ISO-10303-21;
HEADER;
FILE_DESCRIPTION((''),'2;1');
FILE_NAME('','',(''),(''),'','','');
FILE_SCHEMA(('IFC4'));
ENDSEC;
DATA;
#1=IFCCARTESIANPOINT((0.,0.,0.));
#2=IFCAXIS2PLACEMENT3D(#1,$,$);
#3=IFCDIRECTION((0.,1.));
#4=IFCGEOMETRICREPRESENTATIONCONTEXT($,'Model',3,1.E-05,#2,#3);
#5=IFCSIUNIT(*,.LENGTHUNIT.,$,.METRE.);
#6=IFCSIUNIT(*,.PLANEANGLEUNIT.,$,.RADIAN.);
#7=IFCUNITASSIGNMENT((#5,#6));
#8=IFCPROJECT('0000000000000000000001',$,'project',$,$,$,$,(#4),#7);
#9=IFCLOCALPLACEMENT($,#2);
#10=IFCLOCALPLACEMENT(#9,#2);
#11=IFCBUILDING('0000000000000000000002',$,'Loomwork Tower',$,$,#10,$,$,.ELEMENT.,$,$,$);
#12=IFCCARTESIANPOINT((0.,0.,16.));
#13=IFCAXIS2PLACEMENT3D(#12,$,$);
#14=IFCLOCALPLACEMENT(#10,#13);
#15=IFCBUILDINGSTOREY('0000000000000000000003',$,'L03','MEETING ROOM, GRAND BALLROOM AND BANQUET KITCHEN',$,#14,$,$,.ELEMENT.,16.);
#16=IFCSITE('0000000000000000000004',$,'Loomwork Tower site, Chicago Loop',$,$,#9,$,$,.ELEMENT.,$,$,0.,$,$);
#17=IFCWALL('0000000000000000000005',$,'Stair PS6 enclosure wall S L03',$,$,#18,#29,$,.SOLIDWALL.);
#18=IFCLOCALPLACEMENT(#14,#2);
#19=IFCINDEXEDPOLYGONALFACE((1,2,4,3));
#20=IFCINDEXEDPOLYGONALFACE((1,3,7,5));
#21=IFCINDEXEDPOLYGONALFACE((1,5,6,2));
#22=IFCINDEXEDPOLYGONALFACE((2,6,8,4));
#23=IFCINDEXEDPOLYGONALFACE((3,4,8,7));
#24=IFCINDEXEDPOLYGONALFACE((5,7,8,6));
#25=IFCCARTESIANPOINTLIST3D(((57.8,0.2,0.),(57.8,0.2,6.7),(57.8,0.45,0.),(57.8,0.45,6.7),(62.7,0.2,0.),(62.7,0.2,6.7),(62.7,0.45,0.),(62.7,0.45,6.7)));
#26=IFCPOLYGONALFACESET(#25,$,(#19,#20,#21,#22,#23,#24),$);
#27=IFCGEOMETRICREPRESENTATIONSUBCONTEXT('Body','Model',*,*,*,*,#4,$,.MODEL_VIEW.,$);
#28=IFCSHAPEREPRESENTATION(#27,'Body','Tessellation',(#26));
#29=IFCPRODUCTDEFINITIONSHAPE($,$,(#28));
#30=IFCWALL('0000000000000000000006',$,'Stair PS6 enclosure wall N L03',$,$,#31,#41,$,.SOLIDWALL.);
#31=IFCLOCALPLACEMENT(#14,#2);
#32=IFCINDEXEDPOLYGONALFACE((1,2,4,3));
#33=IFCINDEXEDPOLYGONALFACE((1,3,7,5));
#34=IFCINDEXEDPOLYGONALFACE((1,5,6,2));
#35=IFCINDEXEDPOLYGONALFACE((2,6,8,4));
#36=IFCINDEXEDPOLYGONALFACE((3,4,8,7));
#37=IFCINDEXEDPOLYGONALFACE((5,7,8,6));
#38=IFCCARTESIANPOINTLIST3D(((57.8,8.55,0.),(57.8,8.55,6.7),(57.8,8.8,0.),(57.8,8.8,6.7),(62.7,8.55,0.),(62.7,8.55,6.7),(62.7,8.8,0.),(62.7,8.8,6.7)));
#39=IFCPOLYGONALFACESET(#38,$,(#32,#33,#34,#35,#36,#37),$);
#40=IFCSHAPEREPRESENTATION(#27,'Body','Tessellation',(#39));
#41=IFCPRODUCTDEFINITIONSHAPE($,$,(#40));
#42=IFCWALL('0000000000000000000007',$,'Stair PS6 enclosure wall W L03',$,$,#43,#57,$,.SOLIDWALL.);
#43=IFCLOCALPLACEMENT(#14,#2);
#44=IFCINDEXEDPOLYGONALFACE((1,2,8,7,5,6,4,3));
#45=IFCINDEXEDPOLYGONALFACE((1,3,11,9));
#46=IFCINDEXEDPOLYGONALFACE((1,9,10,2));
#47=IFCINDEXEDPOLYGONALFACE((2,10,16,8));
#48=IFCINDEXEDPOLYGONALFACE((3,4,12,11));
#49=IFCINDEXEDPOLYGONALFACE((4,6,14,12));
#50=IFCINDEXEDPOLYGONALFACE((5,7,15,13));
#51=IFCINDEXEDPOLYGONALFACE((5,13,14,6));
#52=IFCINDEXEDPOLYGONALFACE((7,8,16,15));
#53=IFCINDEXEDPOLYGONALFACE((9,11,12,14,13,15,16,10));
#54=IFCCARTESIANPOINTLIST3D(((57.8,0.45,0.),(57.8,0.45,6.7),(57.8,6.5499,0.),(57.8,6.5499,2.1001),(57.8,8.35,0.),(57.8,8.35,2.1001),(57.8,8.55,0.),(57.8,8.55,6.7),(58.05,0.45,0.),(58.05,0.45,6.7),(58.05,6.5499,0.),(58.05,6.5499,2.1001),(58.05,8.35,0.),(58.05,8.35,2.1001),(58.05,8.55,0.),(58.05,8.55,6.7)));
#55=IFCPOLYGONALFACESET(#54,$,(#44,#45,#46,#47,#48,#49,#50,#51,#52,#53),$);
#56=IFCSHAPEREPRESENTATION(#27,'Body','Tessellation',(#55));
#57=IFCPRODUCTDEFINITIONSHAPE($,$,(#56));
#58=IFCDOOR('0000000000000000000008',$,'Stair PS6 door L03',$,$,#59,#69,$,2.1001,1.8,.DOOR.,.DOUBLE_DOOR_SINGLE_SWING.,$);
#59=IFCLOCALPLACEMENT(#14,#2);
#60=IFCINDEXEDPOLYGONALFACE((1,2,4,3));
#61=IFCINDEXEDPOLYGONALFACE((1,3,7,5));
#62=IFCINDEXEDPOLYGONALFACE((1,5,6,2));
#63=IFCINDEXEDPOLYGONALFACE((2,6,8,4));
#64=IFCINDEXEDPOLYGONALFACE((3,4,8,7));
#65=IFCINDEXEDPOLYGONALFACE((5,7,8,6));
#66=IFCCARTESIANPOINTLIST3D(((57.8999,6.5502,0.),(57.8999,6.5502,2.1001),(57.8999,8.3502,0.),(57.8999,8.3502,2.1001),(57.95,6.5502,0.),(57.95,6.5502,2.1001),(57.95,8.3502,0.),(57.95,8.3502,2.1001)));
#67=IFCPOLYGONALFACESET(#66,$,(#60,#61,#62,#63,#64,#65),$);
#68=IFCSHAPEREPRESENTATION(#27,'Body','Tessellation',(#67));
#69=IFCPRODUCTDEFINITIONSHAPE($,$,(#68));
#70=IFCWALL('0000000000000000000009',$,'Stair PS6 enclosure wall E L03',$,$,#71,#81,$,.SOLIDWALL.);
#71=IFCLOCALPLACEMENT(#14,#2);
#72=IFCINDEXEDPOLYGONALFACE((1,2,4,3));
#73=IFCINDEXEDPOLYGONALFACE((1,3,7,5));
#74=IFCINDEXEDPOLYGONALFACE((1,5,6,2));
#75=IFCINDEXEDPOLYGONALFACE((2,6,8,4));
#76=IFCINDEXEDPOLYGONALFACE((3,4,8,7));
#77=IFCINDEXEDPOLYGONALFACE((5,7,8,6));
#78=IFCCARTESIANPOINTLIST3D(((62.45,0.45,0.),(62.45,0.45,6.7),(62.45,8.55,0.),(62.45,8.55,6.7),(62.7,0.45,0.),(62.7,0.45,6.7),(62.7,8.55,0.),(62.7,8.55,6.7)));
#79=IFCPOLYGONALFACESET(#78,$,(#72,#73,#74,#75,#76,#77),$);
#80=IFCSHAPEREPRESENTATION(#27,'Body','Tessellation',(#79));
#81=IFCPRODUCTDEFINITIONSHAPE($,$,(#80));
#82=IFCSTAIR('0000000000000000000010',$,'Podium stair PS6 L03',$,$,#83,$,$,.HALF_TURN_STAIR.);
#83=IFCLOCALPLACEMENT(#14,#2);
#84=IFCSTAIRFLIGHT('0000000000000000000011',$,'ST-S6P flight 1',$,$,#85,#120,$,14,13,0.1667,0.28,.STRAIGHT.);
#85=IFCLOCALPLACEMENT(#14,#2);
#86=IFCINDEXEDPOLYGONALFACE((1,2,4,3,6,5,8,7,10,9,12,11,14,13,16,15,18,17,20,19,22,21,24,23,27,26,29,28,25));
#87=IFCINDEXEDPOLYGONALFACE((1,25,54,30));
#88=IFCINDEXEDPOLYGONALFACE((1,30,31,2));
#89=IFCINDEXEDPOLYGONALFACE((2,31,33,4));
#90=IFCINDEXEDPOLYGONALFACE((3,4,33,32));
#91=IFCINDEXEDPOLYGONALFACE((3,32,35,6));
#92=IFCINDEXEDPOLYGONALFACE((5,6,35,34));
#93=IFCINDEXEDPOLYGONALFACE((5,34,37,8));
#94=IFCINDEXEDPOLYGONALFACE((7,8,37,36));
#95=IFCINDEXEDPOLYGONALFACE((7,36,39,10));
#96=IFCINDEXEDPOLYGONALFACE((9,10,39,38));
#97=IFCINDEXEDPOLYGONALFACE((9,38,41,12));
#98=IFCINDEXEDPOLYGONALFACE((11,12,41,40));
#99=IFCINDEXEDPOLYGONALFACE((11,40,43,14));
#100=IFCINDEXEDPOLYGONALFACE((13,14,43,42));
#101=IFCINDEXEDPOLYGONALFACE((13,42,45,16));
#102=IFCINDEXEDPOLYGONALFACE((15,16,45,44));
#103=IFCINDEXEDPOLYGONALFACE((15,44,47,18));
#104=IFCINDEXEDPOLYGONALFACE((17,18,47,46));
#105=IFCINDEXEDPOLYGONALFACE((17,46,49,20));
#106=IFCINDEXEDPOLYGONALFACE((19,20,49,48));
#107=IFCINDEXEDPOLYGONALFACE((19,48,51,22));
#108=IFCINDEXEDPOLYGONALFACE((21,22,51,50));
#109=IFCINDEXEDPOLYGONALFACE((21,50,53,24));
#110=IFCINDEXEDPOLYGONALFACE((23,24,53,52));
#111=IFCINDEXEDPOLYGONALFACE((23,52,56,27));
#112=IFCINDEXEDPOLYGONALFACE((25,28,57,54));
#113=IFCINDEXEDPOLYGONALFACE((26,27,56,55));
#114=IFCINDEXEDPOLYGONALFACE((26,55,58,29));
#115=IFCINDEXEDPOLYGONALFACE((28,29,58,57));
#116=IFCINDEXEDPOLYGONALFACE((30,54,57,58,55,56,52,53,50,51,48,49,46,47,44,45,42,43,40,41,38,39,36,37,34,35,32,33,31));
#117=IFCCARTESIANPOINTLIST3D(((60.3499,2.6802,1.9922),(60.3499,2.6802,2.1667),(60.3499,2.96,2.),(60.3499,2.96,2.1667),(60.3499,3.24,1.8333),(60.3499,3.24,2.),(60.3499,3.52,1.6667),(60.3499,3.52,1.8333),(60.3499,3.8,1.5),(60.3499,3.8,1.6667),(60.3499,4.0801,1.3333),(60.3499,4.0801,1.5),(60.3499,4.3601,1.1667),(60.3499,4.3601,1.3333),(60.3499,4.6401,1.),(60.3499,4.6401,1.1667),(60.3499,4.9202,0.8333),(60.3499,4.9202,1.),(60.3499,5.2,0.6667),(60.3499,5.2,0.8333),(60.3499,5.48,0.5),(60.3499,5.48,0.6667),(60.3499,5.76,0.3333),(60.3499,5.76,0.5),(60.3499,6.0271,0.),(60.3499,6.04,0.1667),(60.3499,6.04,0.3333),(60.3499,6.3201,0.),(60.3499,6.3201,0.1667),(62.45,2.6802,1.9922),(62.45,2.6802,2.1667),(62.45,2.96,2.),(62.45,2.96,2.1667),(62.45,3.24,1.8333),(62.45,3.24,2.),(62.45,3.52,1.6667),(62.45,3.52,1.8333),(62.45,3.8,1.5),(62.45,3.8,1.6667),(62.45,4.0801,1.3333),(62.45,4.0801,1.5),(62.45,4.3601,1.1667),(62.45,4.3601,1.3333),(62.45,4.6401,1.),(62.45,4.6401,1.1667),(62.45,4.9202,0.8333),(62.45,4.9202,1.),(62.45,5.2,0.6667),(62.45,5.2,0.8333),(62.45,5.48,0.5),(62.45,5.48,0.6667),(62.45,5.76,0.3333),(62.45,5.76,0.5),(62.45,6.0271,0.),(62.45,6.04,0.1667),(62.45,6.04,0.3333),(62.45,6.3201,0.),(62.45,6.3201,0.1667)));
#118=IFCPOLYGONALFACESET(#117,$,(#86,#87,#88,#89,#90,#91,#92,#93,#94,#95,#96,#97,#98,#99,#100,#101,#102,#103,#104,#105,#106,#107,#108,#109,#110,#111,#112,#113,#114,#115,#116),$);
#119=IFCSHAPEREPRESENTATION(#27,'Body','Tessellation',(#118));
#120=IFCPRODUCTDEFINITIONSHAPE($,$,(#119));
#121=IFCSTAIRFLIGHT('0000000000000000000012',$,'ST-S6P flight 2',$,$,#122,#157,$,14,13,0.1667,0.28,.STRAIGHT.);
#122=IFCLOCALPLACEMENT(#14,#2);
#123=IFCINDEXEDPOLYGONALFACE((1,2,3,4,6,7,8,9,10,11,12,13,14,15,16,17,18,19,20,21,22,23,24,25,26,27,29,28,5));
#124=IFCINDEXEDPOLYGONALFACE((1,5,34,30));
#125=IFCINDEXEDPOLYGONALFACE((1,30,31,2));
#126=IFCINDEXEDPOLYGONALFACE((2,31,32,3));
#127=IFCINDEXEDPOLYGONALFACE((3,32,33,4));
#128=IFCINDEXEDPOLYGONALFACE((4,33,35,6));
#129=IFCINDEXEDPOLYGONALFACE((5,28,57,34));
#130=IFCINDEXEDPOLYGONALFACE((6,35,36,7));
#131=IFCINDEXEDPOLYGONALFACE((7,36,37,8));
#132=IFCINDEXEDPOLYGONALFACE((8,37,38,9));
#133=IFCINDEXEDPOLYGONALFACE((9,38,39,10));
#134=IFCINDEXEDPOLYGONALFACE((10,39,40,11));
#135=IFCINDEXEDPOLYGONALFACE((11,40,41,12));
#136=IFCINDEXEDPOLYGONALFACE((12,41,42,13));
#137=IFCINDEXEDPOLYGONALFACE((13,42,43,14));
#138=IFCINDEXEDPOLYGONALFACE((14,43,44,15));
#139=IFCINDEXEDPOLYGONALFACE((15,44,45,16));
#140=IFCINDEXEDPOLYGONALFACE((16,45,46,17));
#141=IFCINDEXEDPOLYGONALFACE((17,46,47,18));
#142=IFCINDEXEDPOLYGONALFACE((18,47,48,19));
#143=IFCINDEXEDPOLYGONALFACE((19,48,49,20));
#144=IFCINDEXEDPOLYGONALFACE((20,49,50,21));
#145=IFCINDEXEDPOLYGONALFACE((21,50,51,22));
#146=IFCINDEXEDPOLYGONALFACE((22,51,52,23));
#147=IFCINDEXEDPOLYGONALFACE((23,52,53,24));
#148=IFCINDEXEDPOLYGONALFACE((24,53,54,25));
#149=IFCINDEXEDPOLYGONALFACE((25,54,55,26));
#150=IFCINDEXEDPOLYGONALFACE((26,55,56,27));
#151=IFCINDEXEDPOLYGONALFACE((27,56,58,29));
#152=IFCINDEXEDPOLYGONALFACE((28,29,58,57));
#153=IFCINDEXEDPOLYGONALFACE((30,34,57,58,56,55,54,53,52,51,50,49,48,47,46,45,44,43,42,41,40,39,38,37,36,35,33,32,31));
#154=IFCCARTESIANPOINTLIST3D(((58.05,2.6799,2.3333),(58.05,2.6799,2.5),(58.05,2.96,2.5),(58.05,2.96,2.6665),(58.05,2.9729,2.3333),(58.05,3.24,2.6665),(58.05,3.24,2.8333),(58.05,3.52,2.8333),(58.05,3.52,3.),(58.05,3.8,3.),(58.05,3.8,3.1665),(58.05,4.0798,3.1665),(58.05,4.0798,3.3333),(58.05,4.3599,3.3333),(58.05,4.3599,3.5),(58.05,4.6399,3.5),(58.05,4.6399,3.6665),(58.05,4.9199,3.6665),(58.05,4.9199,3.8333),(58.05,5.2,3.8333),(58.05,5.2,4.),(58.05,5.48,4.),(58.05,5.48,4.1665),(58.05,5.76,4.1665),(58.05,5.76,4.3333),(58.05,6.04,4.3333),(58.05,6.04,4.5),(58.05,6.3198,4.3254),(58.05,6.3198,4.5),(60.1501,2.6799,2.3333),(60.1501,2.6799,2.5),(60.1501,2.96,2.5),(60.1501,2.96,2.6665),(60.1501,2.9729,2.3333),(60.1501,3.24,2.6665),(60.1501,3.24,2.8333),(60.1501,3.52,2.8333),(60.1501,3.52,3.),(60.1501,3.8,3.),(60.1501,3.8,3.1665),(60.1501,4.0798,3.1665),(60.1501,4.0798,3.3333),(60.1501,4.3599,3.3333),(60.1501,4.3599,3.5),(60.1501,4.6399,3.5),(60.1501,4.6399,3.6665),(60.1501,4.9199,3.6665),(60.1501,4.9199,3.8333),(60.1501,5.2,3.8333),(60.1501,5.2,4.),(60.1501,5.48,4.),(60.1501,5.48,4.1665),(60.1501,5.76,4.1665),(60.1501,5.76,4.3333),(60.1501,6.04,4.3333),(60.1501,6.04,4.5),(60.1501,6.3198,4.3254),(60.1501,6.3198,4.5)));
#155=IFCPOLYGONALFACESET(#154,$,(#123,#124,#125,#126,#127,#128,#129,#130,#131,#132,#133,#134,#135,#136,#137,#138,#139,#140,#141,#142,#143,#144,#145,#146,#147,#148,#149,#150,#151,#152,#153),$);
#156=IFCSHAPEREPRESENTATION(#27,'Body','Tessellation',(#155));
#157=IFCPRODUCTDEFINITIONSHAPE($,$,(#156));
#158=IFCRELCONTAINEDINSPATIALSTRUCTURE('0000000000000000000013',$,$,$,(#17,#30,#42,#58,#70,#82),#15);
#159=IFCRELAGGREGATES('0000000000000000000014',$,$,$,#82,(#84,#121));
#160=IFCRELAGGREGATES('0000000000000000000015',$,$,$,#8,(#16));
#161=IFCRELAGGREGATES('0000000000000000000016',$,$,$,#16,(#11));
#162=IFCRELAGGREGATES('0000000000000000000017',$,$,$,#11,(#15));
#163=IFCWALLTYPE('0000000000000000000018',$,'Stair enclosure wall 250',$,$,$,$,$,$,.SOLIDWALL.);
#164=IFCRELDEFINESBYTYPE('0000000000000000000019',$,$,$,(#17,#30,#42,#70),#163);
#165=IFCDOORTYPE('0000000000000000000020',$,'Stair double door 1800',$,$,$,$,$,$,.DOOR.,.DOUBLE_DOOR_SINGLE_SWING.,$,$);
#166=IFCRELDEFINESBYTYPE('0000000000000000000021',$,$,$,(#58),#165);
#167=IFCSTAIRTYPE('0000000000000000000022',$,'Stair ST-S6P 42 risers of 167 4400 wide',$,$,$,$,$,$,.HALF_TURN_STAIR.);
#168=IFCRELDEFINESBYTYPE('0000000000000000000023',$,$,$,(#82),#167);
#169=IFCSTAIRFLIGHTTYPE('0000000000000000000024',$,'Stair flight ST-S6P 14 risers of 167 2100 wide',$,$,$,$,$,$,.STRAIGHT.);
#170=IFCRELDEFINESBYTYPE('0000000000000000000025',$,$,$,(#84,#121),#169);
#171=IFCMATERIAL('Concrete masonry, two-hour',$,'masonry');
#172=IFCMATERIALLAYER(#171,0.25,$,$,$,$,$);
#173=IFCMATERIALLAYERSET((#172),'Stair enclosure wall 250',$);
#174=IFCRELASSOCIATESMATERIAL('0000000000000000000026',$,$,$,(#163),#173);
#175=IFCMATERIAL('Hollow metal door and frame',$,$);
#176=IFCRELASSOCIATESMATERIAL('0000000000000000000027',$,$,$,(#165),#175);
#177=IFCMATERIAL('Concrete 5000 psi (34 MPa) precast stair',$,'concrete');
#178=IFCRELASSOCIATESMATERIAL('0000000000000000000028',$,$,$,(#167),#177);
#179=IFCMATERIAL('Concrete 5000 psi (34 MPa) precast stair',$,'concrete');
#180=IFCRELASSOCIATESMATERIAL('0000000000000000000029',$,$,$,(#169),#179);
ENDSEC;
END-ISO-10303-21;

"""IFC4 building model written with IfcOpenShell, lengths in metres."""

from ifc_helpers import new_model, si_unit, direction, frame, frame_2d, origin, place, context, subcontext, project, spatial, polyline, rectangle, outline, extrude, material, layer, layer_set, type_object, element, fill, aggregate, save


model = new_model("IFC4")

# Units and contexts
model_context = context("Model", 3, precision=1e-05, world=origin(), true_north=direction((0.0, 1.0)))
body_context = subcontext(model_context, "Body", "Model", "MODEL_VIEW")
ifc_project = project(units=[si_unit("LENGTHUNIT", "METRE"), si_unit("PLANEANGLEUNIT", "RADIAN")], contexts=[model_context])

# Site, building, storey
site_placement = place(None, origin())
site = spatial("IfcSite", under=ifc_project, at=site_placement, Name="Loomwork Tower site, Chicago Loop", CompositionType="ELEMENT", RefElevation=0.0)
building_placement = place(site_placement, origin())
building = spatial("IfcBuilding", under=site, at=building_placement, Name="Loomwork Tower", CompositionType="ELEMENT")
storey_placement = place(building_placement, frame((0.0, 0.0, 16.0)))
storey = spatial("IfcBuildingStorey", under=building, at=storey_placement, Name="L03", Description="MEETING ROOM, GRAND BALLROOM AND BANQUET KITCHEN", CompositionType="ELEMENT", Elevation=16.0)

# Walls
ifc_material_1 = material(Name="Concrete masonry, two-hour", Category="masonry")
ifc_layer = layer(ifc_material_1, 0.25)
ifc_layer_set = layer_set([ifc_layer], Name="Stair enclosure wall 250")
wall_type = type_object("IfcWallType", Name="Stair enclosure wall 250", PredefinedType="SOLIDWALL", material=ifc_layer_set)
for number, where, z_axis, x_axis, name in (
    (1, (57.8, 0.325, 0.0), (0.0, 0.0, 1.0), (1.0, 0.0, 0.0), "Stair PS6 enclosure wall S L03"),
    (2, (57.8, 8.675, 0.0), (0.0, 0.0, 1.0), (1.0, 0.0, 0.0), "Stair PS6 enclosure wall N L03"),
):
    element("IfcWall", number, at=place(storey_placement, frame(where, z_axis=z_axis, x_axis=x_axis)), inside=storey, type_object=wall_type, Name=name, PredefinedType="SOLIDWALL", context=body_context, shape_type="SweptSolid", body=[
        extrude(rectangle(XDim=4.8999, YDim=0.25, at=frame_2d((2.45, 0.0))), origin(), (0.0, 0.0, 1.0), 6.7),
    ])

# Wall, opening, door
wall_1_placement = place(storey_placement, frame((57.925, 0.45, 0.0), z_axis=(0.0, 0.0, 1.0), x_axis=(0.0, 1.0, 0.0)))
wall_1 = element("IfcWall", 3, at=wall_1_placement, inside=storey, type_object=wall_type, Name="Stair PS6 enclosure wall W L03", PredefinedType="SOLIDWALL", context=body_context, shape_type="SweptSolid", body=[
    extrude(rectangle(XDim=8.1001, YDim=0.25, at=frame_2d((4.05, 0.0))), origin(), (0.0, 0.0, 1.0), 6.7),
])
opening_placement = place(wall_1_placement, frame((6.1001, 0.0, 0.0)))
opening = element("IfcOpeningElement", 4, at=opening_placement, cuts=wall_1, PredefinedType="OPENING", context=body_context, shape_type="SweptSolid", body=[
    extrude(rectangle(XDim=1.8, YDim=2.1001, at=frame_2d((0.8999, 1.05))), frame((0.0, 0.135, 0.0), z_axis=(0.0, -1.0, 0.0), x_axis=(1.0, 0.0, 0.0)), (0.0, 0.0, 1.0), 0.27),
])
ifc_material_2 = material(Name="Hollow metal door and frame")
door_type = type_object("IfcDoorType", Name="Stair double door 1800", OperationType="DOUBLE_DOOR_SINGLE_SWING", PredefinedType="DOOR", material=ifc_material_2)
door_placement = place(opening_placement, frame((1.8, 0.0, 0.0), z_axis=(0.0, 0.0, 1.0), x_axis=(-1.0, 0.0, 0.0)))
door = element("IfcDoor", 5, at=door_placement, inside=storey, type_object=door_type, Name="Stair PS6 door L03", OperationType="DOUBLE_DOOR_SINGLE_SWING", OverallHeight=2.1001, OverallWidth=1.8, PredefinedType="DOOR", context=body_context, shape_type="SweptSolid", body=[
    extrude(rectangle(XDim=1.8, YDim=2.1001, at=frame_2d((0.8999, 1.05))), frame((0.0, 0.0249, 0.0), z_axis=(0.0, -1.0, 0.0), x_axis=(1.0, 0.0, 0.0)), (0.0, 0.0, 1.0), 0.05),
])
fill(opening, door)

# Wall
wall_2_placement = place(storey_placement, frame((62.575, 0.45, 0.0), z_axis=(0.0, 0.0, 1.0), x_axis=(0.0, 1.0, 0.0)))
element("IfcWall", 6, at=wall_2_placement, inside=storey, type_object=wall_type, Name="Stair PS6 enclosure wall E L03", PredefinedType="SOLIDWALL", context=body_context, shape_type="SweptSolid", body=[
    extrude(rectangle(XDim=8.1001, YDim=0.25, at=frame_2d((4.05, 0.0))), origin(), (0.0, 0.0, 1.0), 6.7),
])

# Stair, stair flights
ifc_material_3 = material(Name="Concrete 5000 psi (34 MPa) precast stair", Category="concrete")
stair_type = type_object("IfcStairType", Name="Stair ST-S6P 42 risers of 167 4400 wide", PredefinedType="HALF_TURN_STAIR", material=ifc_material_3)
stair_placement = place(storey_placement, origin())
stair = element("IfcStair", 7, at=stair_placement, inside=storey, type_object=stair_type, Name="Podium stair PS6 L03", PredefinedType="HALF_TURN_STAIR")
ifc_material_4 = material(Name="Concrete 5000 psi (34 MPa) precast stair", Category="concrete")
stair_flight_type = type_object("IfcStairFlightType", Name="Stair flight ST-S6P 14 risers of 167 2100 wide", PredefinedType="STRAIGHT", material=ifc_material_4)
stair_flight_1_placement = place(storey_placement, frame((61.3999, 6.3201, 0.0), z_axis=(0.0, 0.0, 1.0), x_axis=(0.0, -1.0, 0.0)))
stair_flight_1 = element("IfcStairFlight", 8, at=stair_flight_1_placement, type_object=stair_flight_type, Name="ST-S6P flight 1", NumberOfRisers=14, NumberOfTreads=13, PredefinedType="STRAIGHT", RiserHeight=0.1667, TreadLength=0.28, context=body_context, shape_type="SweptSolid", body=[
    extrude(outline(polyline([(0.0, 0.0), (0.0, 0.1667), (0.28, 0.1667), (0.28, 0.3333), (0.5601, 0.3333), (0.5601, 0.5), (0.8401, 0.5), (0.8401, 0.6667), (1.1201, 0.6667), (1.1201, 0.8333), (1.3999, 0.8333), (1.3999, 1.0), (1.6799, 1.0), (1.6799, 1.1667), (1.96, 1.1667), (1.96, 1.3333), (2.24, 1.3333), (2.24, 1.5), (2.52, 1.5), (2.52, 1.6667), (2.8, 1.6667), (2.8, 1.8333), (3.0801, 1.8333), (3.0801, 2.0), (3.3601, 2.0), (3.3601, 2.1667), (3.6399, 2.1667), (3.6399, 2.3333), (3.6399, 1.9922), (0.293, 0.0), (0.0, 0.0)])), frame((0.0, 1.05, 0.0), z_axis=(0.0, -1.0, 0.0), x_axis=(1.0, 0.0, 0.0)), (0.0, 0.0, 1.0), 2.1001),
])
stair_flight_2_placement = place(storey_placement, frame((59.1001, 2.6799, 2.3333), z_axis=(0.0, 0.0, 1.0), x_axis=(0.0, 1.0, 0.0)))
stair_flight_2 = element("IfcStairFlight", 9, at=stair_flight_2_placement, type_object=stair_flight_type, Name="ST-S6P flight 2", NumberOfRisers=14, NumberOfTreads=13, PredefinedType="STRAIGHT", RiserHeight=0.1667, TreadLength=0.28, context=body_context, shape_type="SweptSolid", body=[
    extrude(outline(polyline([(0.0, 0.0), (0.0, 0.1667), (0.28, 0.1667), (0.28, 0.3333), (0.5601, 0.3333), (0.5601, 0.5), (0.8401, 0.5), (0.8401, 0.6667), (1.1201, 0.6667), (1.1201, 0.8333), (1.3999, 0.8333), (1.3999, 1.0), (1.6799, 1.0), (1.6799, 1.1667), (1.96, 1.1667), (1.96, 1.3333), (2.24, 1.3333), (2.24, 1.5), (2.52, 1.5), (2.52, 1.6667), (2.8, 1.6667), (2.8, 1.8333), (3.0801, 1.8333), (3.0801, 2.0), (3.3601, 2.0), (3.3601, 2.1667), (3.6399, 2.1667), (3.6399, 2.3333), (3.6399, 1.9922), (0.293, 0.0), (0.0, 0.0)])), frame((0.0, 1.05, 0.0), z_axis=(0.0, -1.0, 0.0), x_axis=(1.0, 0.0, 0.0)), (0.0, 0.0, 1.0), 2.1001),
])
aggregate(stair, [stair_flight_1, stair_flight_2])

save(model, "model.ifc")
